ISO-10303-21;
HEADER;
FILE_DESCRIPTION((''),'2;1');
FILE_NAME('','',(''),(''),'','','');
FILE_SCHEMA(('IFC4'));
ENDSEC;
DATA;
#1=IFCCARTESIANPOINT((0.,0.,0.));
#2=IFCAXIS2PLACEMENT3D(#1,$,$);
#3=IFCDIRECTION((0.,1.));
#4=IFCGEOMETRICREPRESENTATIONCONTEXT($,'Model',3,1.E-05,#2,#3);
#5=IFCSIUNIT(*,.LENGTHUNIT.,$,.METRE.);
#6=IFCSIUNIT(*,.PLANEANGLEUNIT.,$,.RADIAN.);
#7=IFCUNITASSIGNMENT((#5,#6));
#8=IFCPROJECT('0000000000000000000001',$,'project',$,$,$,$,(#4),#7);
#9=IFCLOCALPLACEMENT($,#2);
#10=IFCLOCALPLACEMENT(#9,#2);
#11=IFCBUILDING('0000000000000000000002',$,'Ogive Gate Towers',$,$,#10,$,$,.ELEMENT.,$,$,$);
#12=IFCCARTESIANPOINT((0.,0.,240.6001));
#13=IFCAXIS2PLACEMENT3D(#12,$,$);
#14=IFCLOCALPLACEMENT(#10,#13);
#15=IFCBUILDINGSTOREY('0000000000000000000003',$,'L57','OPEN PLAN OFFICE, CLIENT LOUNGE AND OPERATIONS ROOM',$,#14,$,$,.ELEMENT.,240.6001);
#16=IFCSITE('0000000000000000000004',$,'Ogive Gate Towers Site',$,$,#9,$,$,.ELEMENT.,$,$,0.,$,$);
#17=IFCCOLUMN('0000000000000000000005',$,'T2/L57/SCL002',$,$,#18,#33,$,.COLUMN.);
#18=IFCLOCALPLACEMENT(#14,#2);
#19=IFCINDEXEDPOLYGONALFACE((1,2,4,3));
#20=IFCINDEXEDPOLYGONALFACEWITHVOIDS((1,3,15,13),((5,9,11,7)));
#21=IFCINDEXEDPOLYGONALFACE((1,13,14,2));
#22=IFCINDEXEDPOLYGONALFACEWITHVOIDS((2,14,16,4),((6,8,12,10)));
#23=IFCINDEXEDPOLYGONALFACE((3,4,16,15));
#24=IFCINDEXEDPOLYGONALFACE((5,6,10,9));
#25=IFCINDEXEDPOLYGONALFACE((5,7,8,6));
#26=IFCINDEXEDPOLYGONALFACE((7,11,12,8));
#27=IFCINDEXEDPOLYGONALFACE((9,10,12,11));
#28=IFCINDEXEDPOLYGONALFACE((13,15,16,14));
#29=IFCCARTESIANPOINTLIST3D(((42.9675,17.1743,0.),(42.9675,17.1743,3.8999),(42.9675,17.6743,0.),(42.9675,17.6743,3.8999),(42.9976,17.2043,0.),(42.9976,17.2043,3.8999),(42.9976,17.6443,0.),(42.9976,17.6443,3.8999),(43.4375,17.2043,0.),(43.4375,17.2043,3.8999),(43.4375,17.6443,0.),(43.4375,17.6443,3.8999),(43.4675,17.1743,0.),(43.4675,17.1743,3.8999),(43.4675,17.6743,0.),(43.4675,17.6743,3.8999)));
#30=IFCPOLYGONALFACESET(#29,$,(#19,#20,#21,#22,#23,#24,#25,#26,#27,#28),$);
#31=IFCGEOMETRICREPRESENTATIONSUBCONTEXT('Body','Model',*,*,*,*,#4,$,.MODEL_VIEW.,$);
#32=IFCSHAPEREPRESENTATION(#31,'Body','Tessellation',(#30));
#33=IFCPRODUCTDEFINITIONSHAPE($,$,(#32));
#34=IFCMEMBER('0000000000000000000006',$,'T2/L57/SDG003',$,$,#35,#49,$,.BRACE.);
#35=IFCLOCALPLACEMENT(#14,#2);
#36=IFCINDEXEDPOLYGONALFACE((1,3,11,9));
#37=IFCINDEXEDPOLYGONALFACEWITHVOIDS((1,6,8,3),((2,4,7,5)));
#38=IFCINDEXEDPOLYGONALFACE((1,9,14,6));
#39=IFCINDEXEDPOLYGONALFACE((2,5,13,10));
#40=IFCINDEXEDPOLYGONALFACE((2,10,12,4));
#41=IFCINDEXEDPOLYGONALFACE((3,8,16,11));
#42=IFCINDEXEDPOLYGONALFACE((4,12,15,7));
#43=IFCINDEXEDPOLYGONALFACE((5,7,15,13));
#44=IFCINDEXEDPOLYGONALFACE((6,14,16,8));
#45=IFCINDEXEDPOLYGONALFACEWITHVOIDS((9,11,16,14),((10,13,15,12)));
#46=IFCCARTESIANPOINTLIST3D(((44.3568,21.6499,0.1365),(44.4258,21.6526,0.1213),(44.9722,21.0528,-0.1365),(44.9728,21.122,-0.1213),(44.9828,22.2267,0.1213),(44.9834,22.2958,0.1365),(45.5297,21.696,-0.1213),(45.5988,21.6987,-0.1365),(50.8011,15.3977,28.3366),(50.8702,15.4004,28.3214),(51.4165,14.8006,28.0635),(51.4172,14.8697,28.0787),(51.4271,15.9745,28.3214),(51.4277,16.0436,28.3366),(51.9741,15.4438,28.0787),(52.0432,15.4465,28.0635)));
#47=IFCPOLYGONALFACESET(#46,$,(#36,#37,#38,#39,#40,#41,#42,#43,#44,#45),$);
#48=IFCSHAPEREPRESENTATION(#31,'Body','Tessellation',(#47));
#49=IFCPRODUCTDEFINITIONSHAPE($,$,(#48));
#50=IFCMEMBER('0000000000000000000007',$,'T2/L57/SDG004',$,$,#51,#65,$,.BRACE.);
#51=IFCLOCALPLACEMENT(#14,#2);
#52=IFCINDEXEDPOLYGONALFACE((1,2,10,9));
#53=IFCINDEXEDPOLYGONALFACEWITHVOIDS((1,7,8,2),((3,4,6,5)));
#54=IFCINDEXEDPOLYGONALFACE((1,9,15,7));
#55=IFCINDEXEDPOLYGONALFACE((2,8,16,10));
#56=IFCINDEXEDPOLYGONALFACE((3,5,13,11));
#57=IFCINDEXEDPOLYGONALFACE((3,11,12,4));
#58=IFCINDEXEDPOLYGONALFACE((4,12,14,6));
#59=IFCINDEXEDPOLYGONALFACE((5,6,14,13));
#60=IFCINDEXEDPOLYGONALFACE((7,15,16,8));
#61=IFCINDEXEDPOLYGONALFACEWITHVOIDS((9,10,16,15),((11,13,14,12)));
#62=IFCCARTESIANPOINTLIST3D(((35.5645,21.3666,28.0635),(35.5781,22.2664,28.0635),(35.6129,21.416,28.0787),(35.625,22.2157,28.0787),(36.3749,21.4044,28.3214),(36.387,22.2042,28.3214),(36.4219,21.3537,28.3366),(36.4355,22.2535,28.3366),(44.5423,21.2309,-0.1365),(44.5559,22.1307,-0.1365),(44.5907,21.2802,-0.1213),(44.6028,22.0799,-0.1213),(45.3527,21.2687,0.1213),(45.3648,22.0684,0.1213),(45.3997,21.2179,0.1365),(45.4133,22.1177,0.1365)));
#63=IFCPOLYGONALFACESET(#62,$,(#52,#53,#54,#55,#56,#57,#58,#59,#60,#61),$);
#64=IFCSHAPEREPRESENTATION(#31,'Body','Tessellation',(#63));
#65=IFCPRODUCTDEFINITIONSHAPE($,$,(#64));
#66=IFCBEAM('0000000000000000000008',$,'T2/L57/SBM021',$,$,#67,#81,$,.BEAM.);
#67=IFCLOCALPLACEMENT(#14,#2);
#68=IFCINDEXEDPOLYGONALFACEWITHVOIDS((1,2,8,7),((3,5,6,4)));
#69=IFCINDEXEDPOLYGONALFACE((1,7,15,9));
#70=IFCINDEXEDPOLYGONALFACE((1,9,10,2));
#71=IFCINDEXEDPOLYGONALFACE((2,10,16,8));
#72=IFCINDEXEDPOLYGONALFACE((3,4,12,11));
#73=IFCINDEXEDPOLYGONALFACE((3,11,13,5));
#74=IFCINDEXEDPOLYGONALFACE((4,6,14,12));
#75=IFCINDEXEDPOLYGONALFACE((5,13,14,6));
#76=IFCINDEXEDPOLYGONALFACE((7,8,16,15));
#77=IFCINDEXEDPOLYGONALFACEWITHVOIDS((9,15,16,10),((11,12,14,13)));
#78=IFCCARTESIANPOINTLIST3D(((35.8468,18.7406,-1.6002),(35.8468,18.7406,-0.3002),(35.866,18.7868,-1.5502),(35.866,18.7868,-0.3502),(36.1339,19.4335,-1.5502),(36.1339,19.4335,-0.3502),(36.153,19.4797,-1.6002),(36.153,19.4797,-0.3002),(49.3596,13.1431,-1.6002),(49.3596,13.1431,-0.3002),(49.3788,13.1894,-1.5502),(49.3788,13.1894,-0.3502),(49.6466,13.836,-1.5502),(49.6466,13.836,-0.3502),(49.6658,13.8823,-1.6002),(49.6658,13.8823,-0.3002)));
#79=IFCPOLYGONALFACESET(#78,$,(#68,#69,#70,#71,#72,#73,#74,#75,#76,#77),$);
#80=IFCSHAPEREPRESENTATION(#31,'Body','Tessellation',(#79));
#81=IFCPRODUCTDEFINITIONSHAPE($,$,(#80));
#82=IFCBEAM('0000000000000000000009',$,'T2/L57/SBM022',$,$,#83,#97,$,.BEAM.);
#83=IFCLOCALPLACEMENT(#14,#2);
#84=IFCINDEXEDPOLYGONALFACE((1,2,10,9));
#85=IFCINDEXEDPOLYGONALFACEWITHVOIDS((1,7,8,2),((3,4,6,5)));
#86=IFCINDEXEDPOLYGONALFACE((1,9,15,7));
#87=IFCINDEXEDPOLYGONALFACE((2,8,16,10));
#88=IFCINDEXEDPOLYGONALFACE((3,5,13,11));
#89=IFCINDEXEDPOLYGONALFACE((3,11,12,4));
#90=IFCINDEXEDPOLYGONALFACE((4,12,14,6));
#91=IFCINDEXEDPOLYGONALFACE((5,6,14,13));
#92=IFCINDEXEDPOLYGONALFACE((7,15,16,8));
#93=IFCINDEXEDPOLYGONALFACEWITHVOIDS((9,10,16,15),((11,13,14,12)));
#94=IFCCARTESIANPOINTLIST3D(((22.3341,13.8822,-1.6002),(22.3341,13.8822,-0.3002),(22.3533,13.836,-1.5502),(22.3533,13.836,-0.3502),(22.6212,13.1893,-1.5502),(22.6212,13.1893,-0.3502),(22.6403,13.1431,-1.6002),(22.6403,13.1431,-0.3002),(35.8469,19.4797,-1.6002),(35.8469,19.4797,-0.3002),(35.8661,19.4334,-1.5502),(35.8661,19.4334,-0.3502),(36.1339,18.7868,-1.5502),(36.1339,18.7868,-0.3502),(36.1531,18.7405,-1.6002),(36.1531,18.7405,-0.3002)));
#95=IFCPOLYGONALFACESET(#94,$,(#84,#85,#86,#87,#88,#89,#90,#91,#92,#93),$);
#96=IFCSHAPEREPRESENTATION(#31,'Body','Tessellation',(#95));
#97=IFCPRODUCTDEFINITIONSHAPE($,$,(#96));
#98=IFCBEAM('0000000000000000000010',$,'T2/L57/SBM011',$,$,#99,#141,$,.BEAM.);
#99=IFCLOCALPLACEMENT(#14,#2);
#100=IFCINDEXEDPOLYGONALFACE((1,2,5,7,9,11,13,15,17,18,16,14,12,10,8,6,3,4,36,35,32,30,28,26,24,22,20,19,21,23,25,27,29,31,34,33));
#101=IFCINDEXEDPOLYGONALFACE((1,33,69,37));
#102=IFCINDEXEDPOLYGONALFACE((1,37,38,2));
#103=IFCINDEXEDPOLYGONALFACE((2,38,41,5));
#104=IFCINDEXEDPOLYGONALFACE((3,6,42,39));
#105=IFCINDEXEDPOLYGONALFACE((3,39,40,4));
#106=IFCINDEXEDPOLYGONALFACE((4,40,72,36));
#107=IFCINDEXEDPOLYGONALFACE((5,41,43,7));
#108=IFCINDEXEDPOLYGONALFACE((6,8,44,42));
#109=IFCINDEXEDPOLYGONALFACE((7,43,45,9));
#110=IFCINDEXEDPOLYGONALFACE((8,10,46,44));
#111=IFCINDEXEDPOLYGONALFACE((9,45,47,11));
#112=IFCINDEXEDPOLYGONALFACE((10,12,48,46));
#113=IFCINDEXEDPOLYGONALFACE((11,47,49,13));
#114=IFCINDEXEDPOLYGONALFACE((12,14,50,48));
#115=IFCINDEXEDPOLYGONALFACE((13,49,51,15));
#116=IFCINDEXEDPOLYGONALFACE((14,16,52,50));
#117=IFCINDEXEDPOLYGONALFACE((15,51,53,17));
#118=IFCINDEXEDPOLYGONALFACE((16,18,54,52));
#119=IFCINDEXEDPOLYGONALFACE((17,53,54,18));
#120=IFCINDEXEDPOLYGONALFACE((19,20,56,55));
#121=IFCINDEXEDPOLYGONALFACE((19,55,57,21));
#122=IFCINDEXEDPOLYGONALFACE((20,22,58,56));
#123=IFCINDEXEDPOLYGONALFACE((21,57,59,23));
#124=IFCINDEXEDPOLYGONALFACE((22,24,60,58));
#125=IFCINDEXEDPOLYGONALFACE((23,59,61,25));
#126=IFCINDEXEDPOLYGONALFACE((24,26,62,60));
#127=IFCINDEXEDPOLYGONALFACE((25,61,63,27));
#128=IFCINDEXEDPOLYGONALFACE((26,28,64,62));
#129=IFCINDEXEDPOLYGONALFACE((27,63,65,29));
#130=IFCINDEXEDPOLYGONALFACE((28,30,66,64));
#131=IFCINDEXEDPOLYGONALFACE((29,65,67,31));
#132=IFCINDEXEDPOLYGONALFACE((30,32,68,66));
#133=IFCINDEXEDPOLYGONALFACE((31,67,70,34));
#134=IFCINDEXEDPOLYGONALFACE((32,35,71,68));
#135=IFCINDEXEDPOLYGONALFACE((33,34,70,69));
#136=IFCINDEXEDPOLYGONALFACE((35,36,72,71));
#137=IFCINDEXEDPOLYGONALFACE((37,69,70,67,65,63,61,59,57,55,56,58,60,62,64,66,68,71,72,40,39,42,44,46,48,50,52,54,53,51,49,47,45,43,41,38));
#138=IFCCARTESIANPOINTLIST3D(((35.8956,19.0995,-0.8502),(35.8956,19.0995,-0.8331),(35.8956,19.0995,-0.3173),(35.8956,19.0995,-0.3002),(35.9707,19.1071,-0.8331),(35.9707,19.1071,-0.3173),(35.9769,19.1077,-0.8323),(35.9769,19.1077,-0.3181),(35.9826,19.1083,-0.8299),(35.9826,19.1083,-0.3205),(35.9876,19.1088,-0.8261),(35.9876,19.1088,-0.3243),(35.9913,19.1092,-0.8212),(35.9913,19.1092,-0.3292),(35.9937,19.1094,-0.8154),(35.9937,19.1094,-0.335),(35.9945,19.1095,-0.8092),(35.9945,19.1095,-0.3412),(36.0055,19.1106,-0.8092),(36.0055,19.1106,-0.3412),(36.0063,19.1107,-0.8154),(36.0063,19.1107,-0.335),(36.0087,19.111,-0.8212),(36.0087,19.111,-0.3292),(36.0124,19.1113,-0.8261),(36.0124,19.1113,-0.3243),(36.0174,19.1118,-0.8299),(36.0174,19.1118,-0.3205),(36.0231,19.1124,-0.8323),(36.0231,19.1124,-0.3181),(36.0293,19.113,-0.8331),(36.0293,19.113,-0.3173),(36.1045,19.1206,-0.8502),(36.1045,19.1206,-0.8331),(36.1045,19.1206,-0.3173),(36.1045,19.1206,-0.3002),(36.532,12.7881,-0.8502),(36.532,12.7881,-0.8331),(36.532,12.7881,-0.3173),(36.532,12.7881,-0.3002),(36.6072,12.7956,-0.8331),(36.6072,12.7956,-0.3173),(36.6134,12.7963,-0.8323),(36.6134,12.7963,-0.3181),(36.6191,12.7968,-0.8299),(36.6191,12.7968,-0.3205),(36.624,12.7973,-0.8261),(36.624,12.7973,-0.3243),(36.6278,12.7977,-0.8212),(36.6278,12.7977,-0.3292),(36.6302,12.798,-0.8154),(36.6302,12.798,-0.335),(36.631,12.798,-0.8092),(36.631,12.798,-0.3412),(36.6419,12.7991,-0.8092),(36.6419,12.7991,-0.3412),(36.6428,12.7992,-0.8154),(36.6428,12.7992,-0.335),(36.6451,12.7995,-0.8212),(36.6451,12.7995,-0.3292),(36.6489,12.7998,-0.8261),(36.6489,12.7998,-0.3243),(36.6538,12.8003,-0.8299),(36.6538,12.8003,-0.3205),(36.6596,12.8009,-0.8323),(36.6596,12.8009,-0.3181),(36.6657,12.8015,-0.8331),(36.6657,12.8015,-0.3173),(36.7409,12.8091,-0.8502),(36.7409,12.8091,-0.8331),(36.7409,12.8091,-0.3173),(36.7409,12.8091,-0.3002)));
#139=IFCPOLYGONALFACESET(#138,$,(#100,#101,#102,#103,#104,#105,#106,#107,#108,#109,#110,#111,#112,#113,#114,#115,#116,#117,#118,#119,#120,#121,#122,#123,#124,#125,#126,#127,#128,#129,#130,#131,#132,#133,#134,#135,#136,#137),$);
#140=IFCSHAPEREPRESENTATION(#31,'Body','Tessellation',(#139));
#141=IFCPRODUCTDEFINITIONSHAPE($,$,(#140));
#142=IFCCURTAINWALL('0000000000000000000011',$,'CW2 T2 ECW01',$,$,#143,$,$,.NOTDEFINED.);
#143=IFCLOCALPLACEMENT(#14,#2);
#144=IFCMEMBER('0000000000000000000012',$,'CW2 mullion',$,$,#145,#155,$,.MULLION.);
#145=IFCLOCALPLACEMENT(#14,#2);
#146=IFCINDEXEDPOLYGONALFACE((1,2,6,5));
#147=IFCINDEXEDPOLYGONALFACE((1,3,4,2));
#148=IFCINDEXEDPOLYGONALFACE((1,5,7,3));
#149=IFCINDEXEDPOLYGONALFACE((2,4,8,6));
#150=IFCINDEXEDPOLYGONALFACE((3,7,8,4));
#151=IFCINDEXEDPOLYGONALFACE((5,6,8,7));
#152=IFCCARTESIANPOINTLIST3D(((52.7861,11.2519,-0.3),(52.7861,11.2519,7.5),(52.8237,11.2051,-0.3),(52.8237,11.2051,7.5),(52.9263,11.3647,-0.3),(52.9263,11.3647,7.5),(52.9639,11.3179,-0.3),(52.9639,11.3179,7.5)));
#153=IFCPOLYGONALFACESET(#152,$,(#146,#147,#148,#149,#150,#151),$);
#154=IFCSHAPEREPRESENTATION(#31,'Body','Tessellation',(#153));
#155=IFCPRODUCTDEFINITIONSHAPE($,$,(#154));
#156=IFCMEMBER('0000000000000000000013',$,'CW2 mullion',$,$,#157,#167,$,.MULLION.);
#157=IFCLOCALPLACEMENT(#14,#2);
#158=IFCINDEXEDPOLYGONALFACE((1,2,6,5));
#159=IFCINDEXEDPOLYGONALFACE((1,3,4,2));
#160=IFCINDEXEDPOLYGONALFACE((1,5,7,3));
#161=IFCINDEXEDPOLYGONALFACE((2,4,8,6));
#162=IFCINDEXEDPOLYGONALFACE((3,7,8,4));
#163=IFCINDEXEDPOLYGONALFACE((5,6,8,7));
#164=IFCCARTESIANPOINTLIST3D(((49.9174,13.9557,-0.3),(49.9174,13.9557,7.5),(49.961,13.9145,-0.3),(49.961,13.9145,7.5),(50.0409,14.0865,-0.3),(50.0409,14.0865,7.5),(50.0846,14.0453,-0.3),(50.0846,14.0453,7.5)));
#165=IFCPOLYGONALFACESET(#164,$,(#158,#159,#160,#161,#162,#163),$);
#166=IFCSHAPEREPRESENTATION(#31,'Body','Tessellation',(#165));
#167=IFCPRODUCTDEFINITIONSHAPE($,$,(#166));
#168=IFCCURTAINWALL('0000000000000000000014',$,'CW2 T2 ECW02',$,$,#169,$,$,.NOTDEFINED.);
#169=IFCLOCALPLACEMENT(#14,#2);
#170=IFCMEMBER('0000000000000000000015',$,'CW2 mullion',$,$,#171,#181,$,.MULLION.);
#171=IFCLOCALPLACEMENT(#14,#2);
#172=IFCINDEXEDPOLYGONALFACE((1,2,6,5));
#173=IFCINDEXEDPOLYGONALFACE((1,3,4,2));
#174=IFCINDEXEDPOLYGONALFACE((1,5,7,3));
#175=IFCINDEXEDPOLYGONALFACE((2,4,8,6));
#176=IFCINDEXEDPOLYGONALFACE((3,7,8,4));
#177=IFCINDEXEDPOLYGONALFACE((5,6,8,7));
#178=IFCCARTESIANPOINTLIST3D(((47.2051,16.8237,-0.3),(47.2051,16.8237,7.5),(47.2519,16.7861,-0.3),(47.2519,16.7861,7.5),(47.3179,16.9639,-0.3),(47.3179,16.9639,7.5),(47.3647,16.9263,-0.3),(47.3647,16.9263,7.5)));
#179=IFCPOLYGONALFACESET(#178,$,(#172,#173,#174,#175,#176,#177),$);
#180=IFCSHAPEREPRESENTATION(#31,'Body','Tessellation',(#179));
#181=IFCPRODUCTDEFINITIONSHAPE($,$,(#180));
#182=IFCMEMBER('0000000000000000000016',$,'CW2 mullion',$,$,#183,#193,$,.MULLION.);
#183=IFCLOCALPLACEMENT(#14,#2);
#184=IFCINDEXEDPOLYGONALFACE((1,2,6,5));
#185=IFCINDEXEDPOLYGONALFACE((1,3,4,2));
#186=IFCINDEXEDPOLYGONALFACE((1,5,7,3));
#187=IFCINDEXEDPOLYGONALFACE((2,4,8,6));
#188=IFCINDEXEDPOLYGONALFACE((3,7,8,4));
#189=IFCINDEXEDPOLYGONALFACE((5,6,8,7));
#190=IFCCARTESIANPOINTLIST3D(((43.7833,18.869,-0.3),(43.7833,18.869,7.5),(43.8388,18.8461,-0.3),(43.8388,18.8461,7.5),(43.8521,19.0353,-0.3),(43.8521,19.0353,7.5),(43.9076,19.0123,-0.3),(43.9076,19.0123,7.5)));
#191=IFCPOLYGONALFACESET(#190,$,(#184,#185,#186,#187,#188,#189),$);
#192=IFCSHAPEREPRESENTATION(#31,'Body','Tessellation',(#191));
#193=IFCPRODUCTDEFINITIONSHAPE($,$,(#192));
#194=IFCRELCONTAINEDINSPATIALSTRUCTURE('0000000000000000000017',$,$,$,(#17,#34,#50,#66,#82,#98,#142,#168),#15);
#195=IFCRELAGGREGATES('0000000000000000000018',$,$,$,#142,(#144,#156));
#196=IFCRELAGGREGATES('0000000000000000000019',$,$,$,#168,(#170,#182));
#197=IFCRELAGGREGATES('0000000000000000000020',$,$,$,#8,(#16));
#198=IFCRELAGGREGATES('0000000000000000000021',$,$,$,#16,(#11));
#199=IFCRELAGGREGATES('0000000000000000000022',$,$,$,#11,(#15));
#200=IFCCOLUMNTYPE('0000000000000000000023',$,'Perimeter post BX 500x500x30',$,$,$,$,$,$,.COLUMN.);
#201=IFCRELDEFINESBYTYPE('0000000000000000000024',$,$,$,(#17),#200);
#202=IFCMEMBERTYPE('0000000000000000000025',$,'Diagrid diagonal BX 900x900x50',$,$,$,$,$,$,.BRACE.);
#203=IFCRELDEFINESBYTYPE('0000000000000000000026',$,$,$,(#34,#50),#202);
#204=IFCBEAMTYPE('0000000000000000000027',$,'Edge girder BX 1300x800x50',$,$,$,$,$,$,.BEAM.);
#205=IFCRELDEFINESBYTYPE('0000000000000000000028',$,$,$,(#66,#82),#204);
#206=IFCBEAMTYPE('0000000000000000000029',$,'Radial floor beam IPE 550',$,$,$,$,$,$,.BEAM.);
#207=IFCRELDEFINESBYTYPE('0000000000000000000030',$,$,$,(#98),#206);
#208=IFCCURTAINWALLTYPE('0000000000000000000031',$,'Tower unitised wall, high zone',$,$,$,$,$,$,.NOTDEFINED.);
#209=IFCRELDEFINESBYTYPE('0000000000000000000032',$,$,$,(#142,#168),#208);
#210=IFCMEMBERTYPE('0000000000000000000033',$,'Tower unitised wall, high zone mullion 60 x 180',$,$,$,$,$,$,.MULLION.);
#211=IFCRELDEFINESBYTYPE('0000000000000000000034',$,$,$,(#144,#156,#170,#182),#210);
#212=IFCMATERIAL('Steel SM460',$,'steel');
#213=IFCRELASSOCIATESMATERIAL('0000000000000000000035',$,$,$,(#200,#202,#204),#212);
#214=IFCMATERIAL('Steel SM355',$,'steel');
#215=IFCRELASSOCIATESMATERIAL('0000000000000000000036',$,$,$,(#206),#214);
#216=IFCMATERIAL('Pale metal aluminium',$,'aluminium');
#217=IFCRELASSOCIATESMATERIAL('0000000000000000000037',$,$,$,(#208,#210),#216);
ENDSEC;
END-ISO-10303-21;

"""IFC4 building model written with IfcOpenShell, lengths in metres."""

from ifc_helpers import new_model, si_unit, direction, frame, origin, origin_2d, place, context, subcontext, project, spatial, rectangle, hollow_rectangle, i_section, extrude, material, material_profile, profile_set, type_object, element, aggregate, save


model = new_model("IFC4")

# Units and contexts
model_context = context("Model", 3, precision=1e-05, world=origin(), true_north=direction((0.0, 1.0)))
body_context = subcontext(model_context, "Body", "Model", "MODEL_VIEW")
ifc_project = project(units=[si_unit("LENGTHUNIT", "METRE"), si_unit("PLANEANGLEUNIT", "RADIAN")], contexts=[model_context])

# Site, building, storey
site_placement = place(None, origin())
site = spatial("IfcSite", under=ifc_project, at=site_placement, Name="Ogive Gate Towers Site", CompositionType="ELEMENT", RefElevation=0.0)
building_placement = place(site_placement, origin())
building = spatial("IfcBuilding", under=site, at=building_placement, Name="Ogive Gate Towers", CompositionType="ELEMENT")
storey_placement = place(building_placement, frame((0.0, 0.0, 240.6001)))
storey = spatial("IfcBuildingStorey", under=building, at=storey_placement, Name="L57", Description="OPEN PLAN OFFICE, CLIENT LOUNGE AND OPERATIONS ROOM", CompositionType="ELEMENT", Elevation=240.6001)

# Column
ifc_material_1 = material(Name="Steel SM460", Category="steel")
ifc_material_profile_1 = material_profile(ifc_material_1, hollow_rectangle(XDim=0.5, YDim=0.5, WallThickness=0.03, at=origin_2d()), Name="BX 500x500x30")
ifc_profile_set_1 = profile_set([ifc_material_profile_1], Name="Steel SM460")
column_type = type_object("IfcColumnType", Name="Perimeter post BX 500x500x30", PredefinedType="COLUMN", material=ifc_profile_set_1)
column_placement = place(storey_placement, frame((43.2175, 17.4243, 0.0), z_axis=(0.0, 0.0, 1.0), x_axis=(1.0, 0.0, 0.0)))
element("IfcColumn", 1, at=column_placement, inside=storey, type_object=column_type, Name="T2/L57/SCL002", PredefinedType="COLUMN", context=body_context, shape_type="SweptSolid", body=[
    extrude(hollow_rectangle(XDim=0.5, YDim=0.5, WallThickness=0.03, at=origin_2d()), origin(), (0.0, 0.0, 1.0), 3.8999),
])

# Members
ifc_material_profile_2 = material_profile(ifc_material_1, hollow_rectangle(XDim=0.8999, YDim=0.8999, WallThickness=0.05, at=origin_2d()), Name="BX 900x900x50")
ifc_profile_set_2 = profile_set([ifc_material_profile_2], Name="Steel SM460")
member_type_1 = type_object("IfcMemberType", Name="Diagrid diagonal BX 900x900x50", PredefinedType="BRACE", material=ifc_profile_set_2)
for number, where, z_axis, x_axis, name in (
    (2, (44.9778, 21.6743, 0.0), (0.217752, -0.211259, 0.952866), (0.696326, 0.717725, 0.0), "T2/L57/SDG003"),
    (3, (44.9778, 21.6743, 0.0), (-0.303356, 0.004587, 0.952866), (-0.015118, -0.999886, 0.0), "T2/L57/SDG004"),
):
    element("IfcMember", number, at=place(storey_placement, frame(where, z_axis=z_axis, x_axis=x_axis)), inside=storey, type_object=member_type_1, Name=name, PredefinedType="BRACE", context=body_context, shape_type="SweptSolid", body=[
        extrude(hollow_rectangle(XDim=0.8999, YDim=0.8999, WallThickness=0.05, at=origin_2d()), origin(), (0.0, 0.0, 1.0), 29.595),
    ])

# Beams
ifc_material_profile_3 = material_profile(ifc_material_1, hollow_rectangle(XDim=0.8, YDim=1.3, WallThickness=0.05, at=origin_2d()), Name="BX 1300x800x50")
ifc_profile_set_3 = profile_set([ifc_material_profile_3], Name="Steel SM460")
beam_type_1 = type_object("IfcBeamType", Name="Edge girder BX 1300x800x50", PredefinedType="BEAM", material=ifc_profile_set_3)
for number, where, z_axis, x_axis, name in (
    (4, (49.5127, 13.5127, -0.9502), (-0.923873, 0.382699, 0.0), (-0.382699, -0.923873, 0.0), "T2/L57/SBM021"),
    (5, (36.0, 19.1101, -0.9502), (-0.923873, -0.382699, 0.0), (0.382699, -0.923873, 0.0), "T2/L57/SBM022"),
):
    element("IfcBeam", number, at=place(storey_placement, frame(where, z_axis=z_axis, x_axis=x_axis)), inside=storey, type_object=beam_type_1, Name=name, PredefinedType="BEAM", context=body_context, shape_type="SweptSolid", body=[
        extrude(hollow_rectangle(XDim=0.8, YDim=1.3, WallThickness=0.05, at=origin_2d()), origin(), (0.0, 0.0, 1.0), 14.6262),
    ])
ifc_material_2 = material(Name="Steel SM355", Category="steel")
ifc_material_profile_4 = material_profile(ifc_material_2, i_section(OverallWidth=0.21, OverallDepth=0.55, WebThickness=0.011, FlangeThickness=0.0171, FilletRadius=0.0239, at=origin_2d()), Name="IPE 550")
ifc_profile_set_4 = profile_set([ifc_material_profile_4], Name="Steel SM355")
beam_type_2 = type_object("IfcBeamType", Name="Radial floor beam IPE 550", PredefinedType="BEAM", material=ifc_profile_set_4)
beam_placement = place(storey_placement, frame((36.6365, 12.7986, -0.5752), z_axis=(-0.100334, 0.994954, 0.0), x_axis=(-0.994954, -0.100334, 0.0)))
element("IfcBeam", 6, at=beam_placement, inside=storey, type_object=beam_type_2, Name="T2/L57/SBM011", PredefinedType="BEAM", context=body_context, shape_type="SweptSolid", body=[
    extrude(i_section(OverallWidth=0.21, OverallDepth=0.55, WebThickness=0.011, FlangeThickness=0.0171, FilletRadius=0.0239, at=origin_2d()), origin(), (0.0, 0.0, 1.0), 6.3435),
])

# Curtain walls, members
ifc_material_3 = material(Name="Pale metal aluminium", Category="aluminium")
curtain_wall_type = type_object("IfcCurtainWallType", Name="Tower unitised wall, high zone", PredefinedType="NOTDEFINED", material=ifc_material_3)
curtain_wall_1_placement = place(storey_placement, origin())
curtain_wall_1 = element("IfcCurtainWall", 7, at=curtain_wall_1_placement, inside=storey, type_object=curtain_wall_type, Name="CW2 T2 ECW01", PredefinedType="NOTDEFINED")
ifc_material_profile_5 = material_profile(ifc_material_3, rectangle(XDim=0.1799, YDim=0.0601, at=origin_2d()), Name="60 x 180 aluminium box")
ifc_profile_set_5 = profile_set([ifc_material_profile_5], Name="Pale metal aluminium")
member_type_2 = type_object("IfcMemberType", Name="Tower unitised wall, high zone mullion 60 x 180", PredefinedType="MULLION", material=ifc_profile_set_5)
member_1_placement = place(storey_placement, frame((52.875, 11.2849, -0.3), z_axis=(0.0, 0.0, 1.0), x_axis=(0.779283, 0.626672, 0.0)))
member_1 = element("IfcMember", 8, at=member_1_placement, type_object=member_type_2, Name="CW2 mullion", PredefinedType="MULLION", context=body_context, shape_type="SweptSolid", body=[
    extrude(rectangle(XDim=0.1799, YDim=0.0601, at=origin_2d()), origin(), (0.0, 0.0, 1.0), 7.8),
])
member_2_placement = place(storey_placement, frame((50.001, 14.0005, -0.3), z_axis=(0.0, 0.0, 1.0), x_axis=(0.686796, 0.72685, 0.0)))
member_2 = element("IfcMember", 9, at=member_2_placement, type_object=member_type_2, Name="CW2 mullion", PredefinedType="MULLION", context=body_context, shape_type="SweptSolid", body=[
    extrude(rectangle(XDim=0.1799, YDim=0.0601, at=origin_2d()), origin(), (0.0, 0.0, 1.0), 7.8),
])
curtain_wall_2_placement = place(storey_placement, origin())
curtain_wall_2 = element("IfcCurtainWall", 10, at=curtain_wall_2_placement, inside=storey, type_object=curtain_wall_type, Name="CW2 T2 ECW02", PredefinedType="NOTDEFINED")
member_3_placement = place(storey_placement, frame((47.2849, 16.875, -0.3), z_axis=(0.0, 0.0, 1.0), x_axis=(0.626672, 0.779283, 0.0)))
member_3 = element("IfcMember", 11, at=member_3_placement, type_object=member_type_2, Name="CW2 mullion", PredefinedType="MULLION", context=body_context, shape_type="SweptSolid", body=[
    extrude(rectangle(XDim=0.1799, YDim=0.0601, at=origin_2d()), origin(), (0.0, 0.0, 1.0), 7.8),
])
member_4_placement = place(storey_placement, frame((43.8455, 18.9407, -0.3), z_axis=(0.0, 0.0, 1.0), x_axis=(0.382683, 0.92388, 0.0)))
member_4 = element("IfcMember", 12, at=member_4_placement, type_object=member_type_2, Name="CW2 mullion", PredefinedType="MULLION", context=body_context, shape_type="SweptSolid", body=[
    extrude(rectangle(XDim=0.1799, YDim=0.0601, at=origin_2d()), origin(), (0.0, 0.0, 1.0), 7.8),
])

aggregate(curtain_wall_1, [member_1, member_2])
aggregate(curtain_wall_2, [member_3, member_4])

save(model, "model.ifc")
